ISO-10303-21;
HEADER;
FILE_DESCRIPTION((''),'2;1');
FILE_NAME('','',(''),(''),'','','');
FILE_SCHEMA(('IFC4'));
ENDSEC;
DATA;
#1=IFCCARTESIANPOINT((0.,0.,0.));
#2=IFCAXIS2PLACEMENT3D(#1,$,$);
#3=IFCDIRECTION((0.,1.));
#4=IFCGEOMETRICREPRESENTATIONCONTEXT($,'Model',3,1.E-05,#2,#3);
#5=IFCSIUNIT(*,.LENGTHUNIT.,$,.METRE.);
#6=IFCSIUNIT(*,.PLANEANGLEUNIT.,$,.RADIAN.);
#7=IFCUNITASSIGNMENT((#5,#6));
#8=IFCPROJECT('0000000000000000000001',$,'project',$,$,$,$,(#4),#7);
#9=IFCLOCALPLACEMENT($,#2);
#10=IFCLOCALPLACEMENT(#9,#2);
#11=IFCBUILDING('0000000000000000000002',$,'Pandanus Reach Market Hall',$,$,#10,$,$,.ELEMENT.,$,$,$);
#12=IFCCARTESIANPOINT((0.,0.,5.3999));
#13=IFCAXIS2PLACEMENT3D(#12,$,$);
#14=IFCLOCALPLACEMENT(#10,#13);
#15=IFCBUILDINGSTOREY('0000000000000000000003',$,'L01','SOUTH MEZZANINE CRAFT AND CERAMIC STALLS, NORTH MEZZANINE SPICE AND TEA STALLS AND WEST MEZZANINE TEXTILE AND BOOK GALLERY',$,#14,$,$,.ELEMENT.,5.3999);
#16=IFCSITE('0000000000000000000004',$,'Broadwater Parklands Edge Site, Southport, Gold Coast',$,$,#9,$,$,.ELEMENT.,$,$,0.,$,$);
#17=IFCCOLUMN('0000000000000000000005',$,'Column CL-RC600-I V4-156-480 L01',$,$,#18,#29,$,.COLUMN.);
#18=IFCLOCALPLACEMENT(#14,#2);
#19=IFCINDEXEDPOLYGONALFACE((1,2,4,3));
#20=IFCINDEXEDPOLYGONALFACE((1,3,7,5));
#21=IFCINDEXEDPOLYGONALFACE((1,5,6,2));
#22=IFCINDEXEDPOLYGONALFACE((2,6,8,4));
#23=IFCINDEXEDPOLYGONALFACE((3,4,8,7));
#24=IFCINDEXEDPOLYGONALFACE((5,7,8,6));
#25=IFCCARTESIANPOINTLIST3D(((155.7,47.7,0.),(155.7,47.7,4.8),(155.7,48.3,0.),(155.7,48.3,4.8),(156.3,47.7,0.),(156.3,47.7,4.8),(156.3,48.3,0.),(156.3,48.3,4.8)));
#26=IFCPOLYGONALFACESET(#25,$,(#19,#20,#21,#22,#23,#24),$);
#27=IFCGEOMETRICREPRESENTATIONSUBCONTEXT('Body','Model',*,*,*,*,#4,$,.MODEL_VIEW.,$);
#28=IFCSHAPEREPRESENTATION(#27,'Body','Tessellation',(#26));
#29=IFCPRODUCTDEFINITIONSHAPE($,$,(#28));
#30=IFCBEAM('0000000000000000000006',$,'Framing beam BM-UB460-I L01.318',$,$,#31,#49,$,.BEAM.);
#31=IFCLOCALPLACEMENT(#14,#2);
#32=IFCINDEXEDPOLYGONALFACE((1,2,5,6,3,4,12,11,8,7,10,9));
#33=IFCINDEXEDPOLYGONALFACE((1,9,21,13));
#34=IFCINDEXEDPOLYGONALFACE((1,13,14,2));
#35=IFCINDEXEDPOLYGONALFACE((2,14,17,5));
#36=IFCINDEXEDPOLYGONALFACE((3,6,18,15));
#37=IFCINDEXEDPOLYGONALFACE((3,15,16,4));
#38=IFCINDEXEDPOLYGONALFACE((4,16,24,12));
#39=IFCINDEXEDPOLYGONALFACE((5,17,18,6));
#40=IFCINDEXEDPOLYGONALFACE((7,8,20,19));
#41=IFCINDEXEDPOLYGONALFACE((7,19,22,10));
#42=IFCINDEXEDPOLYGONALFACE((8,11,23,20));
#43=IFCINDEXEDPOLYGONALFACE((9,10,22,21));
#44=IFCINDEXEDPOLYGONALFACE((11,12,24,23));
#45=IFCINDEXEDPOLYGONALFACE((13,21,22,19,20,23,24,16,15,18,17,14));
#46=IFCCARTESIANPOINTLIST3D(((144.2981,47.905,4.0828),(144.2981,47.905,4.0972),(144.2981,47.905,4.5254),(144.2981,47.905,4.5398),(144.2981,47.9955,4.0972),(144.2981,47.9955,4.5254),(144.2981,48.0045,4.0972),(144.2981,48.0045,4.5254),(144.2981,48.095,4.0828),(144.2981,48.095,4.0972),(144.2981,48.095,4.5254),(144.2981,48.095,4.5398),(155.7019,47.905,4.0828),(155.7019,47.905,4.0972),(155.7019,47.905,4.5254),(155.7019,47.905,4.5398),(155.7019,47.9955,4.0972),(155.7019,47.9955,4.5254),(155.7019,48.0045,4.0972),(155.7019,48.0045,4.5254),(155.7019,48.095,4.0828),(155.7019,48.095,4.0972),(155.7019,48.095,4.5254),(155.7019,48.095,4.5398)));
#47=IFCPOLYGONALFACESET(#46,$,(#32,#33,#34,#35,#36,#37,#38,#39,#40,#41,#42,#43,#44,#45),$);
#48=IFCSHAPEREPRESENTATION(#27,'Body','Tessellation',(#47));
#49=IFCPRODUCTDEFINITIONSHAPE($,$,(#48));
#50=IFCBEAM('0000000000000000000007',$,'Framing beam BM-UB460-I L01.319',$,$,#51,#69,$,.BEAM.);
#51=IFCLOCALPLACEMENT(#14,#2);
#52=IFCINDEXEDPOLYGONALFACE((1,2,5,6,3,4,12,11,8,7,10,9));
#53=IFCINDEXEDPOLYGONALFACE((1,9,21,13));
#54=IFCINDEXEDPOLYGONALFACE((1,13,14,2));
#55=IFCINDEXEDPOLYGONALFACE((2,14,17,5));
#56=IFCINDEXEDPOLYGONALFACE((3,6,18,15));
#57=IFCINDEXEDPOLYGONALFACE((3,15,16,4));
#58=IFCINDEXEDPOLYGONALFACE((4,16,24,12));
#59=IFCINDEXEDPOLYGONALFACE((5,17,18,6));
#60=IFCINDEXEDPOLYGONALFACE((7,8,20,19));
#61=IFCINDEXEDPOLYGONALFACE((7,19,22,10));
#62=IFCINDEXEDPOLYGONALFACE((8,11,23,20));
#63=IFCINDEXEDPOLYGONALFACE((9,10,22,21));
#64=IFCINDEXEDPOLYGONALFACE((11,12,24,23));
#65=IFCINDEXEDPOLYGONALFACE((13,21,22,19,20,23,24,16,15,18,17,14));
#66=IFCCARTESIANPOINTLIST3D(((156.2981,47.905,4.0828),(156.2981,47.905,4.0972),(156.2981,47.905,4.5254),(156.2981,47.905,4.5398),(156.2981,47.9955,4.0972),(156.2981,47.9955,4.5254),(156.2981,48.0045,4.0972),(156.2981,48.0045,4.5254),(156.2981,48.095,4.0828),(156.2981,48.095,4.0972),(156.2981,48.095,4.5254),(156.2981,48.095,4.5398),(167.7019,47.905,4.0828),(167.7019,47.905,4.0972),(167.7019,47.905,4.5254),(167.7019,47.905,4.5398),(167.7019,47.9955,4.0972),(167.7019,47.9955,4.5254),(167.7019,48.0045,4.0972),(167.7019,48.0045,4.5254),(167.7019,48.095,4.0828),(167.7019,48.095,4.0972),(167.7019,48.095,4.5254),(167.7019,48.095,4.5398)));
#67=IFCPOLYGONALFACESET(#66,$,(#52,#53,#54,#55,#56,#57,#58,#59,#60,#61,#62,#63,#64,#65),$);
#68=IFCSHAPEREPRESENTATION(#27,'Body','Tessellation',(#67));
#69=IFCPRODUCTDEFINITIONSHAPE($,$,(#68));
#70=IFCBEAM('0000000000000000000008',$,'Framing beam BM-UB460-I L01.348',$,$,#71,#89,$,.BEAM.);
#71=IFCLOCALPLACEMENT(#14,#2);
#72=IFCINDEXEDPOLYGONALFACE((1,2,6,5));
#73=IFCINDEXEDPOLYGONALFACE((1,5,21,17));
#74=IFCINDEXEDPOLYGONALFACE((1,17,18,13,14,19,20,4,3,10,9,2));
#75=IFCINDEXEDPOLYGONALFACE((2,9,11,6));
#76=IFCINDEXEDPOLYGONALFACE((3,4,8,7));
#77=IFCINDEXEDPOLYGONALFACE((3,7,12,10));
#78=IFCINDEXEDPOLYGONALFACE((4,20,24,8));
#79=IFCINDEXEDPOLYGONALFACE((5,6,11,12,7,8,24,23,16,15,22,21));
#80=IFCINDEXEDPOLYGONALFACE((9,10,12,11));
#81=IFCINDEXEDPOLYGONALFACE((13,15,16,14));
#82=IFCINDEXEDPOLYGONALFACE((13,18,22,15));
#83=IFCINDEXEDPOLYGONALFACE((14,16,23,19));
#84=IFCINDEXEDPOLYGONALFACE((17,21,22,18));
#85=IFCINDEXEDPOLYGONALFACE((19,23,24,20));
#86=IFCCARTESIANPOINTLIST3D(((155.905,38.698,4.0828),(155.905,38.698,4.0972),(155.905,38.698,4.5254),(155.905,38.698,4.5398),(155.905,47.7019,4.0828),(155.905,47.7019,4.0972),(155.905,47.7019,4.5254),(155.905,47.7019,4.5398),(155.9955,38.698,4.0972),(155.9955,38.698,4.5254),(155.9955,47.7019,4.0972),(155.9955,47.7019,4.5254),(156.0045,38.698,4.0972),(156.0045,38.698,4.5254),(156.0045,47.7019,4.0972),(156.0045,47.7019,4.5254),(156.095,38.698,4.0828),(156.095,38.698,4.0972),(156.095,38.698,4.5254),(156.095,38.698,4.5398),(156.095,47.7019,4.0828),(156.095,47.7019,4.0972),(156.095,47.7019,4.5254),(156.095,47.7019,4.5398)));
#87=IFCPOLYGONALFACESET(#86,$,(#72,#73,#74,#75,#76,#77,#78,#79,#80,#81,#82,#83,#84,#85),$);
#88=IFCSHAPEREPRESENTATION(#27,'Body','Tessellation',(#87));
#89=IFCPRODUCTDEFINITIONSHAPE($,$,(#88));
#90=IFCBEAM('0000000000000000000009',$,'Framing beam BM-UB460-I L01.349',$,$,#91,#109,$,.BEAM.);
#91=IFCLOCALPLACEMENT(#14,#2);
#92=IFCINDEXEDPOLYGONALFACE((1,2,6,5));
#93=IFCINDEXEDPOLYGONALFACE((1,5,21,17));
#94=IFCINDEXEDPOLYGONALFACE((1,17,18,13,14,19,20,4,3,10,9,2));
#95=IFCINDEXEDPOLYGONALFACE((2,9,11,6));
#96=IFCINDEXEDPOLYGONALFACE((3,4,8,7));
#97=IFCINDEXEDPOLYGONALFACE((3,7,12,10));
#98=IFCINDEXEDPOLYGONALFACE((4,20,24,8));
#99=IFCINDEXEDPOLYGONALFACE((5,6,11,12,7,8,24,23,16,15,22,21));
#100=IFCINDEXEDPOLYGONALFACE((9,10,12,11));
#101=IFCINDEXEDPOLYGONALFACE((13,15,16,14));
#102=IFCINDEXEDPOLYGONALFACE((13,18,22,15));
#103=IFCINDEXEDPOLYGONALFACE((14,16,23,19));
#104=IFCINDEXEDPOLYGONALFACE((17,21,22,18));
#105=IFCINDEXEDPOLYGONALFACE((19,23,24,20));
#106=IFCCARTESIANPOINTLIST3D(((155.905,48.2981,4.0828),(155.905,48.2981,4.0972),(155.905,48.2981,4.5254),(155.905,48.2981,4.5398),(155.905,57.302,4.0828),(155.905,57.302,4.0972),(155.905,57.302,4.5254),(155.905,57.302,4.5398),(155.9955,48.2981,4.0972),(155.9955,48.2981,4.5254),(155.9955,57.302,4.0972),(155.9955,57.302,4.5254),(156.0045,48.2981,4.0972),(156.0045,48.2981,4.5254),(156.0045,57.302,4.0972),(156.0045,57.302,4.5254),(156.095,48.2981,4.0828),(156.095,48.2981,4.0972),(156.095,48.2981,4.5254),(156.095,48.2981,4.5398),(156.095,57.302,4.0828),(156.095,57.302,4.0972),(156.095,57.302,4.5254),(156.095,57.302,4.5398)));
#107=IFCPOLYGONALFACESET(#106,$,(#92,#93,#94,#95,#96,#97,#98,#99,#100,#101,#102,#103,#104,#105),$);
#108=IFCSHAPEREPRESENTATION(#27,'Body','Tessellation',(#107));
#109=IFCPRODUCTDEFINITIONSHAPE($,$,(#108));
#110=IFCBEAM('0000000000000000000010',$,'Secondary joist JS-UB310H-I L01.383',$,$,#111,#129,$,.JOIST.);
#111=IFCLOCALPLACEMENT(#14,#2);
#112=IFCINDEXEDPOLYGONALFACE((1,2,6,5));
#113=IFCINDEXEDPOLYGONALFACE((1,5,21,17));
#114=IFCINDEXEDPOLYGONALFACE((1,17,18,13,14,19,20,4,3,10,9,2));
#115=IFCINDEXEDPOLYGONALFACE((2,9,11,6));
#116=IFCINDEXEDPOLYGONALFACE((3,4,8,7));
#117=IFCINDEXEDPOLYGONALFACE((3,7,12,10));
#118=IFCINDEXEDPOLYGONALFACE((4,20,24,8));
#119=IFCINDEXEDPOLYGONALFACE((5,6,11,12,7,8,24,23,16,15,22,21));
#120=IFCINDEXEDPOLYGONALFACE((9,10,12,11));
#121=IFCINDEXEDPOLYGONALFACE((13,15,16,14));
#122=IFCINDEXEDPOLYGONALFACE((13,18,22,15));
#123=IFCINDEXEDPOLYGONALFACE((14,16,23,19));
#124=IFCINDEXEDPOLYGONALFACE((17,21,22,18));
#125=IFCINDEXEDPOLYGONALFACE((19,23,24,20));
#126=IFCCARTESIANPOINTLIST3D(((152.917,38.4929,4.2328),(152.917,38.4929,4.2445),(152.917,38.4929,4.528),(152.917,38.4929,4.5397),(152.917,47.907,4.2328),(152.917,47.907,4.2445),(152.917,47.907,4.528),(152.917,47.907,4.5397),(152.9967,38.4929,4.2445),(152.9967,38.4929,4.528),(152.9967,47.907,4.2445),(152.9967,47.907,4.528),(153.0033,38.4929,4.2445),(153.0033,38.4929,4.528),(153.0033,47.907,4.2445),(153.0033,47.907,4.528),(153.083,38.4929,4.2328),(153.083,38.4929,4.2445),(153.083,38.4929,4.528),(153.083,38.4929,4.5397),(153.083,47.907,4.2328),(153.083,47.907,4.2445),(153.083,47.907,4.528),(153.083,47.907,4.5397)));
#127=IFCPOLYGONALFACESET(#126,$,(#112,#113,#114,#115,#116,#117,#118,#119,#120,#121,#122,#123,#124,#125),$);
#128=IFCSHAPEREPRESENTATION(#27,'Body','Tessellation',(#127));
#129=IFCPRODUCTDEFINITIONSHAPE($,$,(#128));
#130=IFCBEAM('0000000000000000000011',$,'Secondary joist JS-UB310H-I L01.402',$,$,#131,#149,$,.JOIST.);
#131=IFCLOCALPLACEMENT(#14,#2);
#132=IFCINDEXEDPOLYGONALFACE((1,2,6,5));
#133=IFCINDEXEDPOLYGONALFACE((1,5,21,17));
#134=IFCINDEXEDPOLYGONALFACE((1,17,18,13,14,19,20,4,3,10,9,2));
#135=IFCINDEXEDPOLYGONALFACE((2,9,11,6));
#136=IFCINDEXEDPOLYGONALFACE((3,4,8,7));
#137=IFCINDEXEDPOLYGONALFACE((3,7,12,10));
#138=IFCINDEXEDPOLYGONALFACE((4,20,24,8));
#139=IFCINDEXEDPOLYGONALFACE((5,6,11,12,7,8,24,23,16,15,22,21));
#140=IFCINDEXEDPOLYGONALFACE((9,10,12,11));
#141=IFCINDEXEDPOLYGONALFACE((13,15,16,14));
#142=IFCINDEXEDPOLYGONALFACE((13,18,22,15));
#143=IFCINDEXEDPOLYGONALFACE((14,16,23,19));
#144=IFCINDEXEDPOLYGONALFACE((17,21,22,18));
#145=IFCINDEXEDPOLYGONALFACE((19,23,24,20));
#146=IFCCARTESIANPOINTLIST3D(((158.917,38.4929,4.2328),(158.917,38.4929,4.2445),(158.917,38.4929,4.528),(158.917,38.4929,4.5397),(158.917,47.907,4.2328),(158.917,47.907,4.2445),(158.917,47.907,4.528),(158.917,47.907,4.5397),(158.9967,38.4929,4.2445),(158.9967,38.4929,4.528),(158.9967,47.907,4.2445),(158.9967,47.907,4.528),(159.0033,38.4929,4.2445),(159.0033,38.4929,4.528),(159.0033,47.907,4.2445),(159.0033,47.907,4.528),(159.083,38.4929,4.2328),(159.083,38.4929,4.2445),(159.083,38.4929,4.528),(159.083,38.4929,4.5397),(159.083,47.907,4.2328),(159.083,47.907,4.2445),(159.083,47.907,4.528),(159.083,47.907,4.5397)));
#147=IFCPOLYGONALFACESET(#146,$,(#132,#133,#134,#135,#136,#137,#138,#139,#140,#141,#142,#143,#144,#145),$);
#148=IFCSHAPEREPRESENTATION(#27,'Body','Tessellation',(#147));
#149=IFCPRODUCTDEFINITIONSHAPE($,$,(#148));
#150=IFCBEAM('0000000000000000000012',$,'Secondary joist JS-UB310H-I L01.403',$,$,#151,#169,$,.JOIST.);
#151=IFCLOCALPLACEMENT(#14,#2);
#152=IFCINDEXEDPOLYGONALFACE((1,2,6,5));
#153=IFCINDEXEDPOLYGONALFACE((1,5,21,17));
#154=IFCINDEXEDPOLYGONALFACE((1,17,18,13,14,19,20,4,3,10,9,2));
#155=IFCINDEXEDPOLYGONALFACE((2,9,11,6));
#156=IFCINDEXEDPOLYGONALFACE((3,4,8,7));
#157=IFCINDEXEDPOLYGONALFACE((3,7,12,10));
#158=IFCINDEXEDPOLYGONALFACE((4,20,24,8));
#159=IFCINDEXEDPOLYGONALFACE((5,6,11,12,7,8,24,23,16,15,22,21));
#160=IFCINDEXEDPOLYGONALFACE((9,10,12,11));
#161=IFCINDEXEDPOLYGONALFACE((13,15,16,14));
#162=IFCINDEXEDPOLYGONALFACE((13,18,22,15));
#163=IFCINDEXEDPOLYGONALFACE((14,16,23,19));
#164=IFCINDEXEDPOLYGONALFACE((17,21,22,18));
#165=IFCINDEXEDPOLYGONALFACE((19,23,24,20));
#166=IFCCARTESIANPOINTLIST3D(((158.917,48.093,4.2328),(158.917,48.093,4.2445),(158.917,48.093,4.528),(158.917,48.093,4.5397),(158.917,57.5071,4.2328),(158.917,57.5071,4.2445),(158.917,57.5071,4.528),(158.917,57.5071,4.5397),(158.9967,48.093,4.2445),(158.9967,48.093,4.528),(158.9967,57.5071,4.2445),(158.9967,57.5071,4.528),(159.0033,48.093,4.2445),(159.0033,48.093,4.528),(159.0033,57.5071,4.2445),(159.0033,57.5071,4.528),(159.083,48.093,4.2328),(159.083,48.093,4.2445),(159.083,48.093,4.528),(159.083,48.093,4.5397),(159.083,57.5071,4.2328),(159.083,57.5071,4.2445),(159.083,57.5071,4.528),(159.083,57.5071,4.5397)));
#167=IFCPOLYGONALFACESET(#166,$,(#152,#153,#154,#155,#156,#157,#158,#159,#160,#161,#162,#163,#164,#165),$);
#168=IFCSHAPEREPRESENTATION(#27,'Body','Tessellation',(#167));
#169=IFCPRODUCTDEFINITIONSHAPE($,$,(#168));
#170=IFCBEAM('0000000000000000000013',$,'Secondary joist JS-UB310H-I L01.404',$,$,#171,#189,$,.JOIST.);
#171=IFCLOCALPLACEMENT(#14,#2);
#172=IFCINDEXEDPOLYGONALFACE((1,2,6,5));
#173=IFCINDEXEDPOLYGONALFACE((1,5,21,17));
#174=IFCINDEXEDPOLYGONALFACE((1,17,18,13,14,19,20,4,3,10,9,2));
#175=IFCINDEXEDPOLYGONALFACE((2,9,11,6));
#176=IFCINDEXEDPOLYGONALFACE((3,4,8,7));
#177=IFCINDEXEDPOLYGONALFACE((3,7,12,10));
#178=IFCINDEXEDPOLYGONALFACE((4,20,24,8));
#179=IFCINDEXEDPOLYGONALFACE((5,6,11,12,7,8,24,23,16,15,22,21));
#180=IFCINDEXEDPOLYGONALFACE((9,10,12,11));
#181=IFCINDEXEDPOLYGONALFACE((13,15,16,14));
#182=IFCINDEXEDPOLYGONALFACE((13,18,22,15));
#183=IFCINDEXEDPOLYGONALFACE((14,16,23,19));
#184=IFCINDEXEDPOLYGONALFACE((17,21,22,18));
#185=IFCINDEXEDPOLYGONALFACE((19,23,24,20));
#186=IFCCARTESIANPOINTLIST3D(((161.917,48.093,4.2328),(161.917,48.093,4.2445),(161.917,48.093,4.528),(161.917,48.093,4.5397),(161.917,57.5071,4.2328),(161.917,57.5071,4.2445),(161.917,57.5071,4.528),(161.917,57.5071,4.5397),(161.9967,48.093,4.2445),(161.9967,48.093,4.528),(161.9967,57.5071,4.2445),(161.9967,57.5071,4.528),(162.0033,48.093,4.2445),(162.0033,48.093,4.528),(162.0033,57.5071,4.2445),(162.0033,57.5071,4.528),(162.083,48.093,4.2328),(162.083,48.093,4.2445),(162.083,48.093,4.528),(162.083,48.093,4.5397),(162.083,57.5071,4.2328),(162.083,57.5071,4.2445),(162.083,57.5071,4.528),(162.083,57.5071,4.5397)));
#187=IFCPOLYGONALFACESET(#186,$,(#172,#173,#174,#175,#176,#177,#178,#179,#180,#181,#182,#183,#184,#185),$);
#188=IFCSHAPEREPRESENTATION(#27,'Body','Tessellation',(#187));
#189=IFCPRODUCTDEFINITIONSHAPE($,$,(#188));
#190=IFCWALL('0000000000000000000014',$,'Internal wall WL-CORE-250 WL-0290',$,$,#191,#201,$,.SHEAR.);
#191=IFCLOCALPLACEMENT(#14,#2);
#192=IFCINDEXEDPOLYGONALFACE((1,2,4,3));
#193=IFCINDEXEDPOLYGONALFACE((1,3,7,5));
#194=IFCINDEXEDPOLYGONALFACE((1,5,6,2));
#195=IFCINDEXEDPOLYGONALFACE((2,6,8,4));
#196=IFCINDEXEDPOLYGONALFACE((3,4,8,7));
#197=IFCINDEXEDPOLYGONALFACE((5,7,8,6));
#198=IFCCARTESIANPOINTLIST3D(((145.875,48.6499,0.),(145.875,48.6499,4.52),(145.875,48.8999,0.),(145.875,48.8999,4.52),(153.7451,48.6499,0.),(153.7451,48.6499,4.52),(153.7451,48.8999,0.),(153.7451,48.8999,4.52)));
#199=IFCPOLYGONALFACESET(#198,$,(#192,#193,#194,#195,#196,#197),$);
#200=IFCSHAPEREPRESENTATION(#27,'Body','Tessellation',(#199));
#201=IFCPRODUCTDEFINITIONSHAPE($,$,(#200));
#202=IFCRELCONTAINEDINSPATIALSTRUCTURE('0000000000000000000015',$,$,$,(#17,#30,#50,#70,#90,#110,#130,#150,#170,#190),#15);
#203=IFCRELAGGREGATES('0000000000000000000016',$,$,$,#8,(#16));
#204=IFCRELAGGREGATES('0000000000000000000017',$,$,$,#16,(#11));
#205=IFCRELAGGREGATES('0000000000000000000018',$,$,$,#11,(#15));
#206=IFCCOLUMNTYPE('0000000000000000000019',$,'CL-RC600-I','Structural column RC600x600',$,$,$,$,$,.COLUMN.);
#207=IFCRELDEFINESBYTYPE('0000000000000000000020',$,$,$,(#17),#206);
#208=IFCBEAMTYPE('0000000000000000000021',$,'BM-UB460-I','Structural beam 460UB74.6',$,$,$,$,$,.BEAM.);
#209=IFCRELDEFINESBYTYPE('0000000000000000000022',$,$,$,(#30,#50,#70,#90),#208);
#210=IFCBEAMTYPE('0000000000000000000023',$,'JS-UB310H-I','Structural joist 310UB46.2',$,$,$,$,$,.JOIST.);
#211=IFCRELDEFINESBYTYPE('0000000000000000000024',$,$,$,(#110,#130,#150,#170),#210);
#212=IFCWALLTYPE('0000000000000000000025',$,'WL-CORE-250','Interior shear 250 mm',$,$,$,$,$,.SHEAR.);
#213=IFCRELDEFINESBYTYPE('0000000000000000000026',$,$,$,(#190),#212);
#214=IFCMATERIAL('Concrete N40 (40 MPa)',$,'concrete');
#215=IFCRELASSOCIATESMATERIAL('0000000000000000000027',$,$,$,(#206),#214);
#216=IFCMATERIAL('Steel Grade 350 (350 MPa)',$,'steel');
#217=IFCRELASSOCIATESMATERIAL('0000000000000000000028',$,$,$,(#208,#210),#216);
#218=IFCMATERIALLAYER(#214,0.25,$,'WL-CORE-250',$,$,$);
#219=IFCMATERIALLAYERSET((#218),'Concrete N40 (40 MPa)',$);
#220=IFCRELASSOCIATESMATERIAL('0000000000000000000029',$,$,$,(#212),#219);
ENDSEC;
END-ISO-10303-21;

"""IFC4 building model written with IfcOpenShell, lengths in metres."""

from ifc_helpers import new_model, si_unit, direction, frame, frame_2d, origin, origin_2d, place, context, subcontext, project, spatial, rectangle, i_section, extrude, material, layer, layer_set, material_profile, profile_set, type_object, element, save


model = new_model("IFC4")

# Units and contexts
model_context = context("Model", 3, precision=1e-05, world=origin(), true_north=direction((0.0, 1.0)))
body_context = subcontext(model_context, "Body", "Model", "MODEL_VIEW")
ifc_project = project(units=[si_unit("LENGTHUNIT", "METRE"), si_unit("PLANEANGLEUNIT", "RADIAN")], contexts=[model_context])

# Site, building, storey
site_placement = place(None, origin())
site = spatial("IfcSite", under=ifc_project, at=site_placement, Name="Broadwater Parklands Edge Site, Southport, Gold Coast", CompositionType="ELEMENT", RefElevation=0.0)
building_placement = place(site_placement, origin())
building = spatial("IfcBuilding", under=site, at=building_placement, Name="Pandanus Reach Market Hall", CompositionType="ELEMENT")
storey_placement = place(building_placement, frame((0.0, 0.0, 5.3999)))
storey = spatial("IfcBuildingStorey", under=building, at=storey_placement, Name="L01", Description="SOUTH MEZZANINE CRAFT AND CERAMIC STALLS, NORTH MEZZANINE SPICE AND TEA STALLS AND WEST MEZZANINE TEXTILE AND BOOK GALLERY", CompositionType="ELEMENT", Elevation=5.3999)

# Column
ifc_material_1 = material(Name="Concrete N40 (40 MPa)", Category="concrete")
ifc_material_profile_1 = material_profile(ifc_material_1, rectangle(XDim=0.6001, YDim=0.6001, at=origin_2d()), Name="RC600x600", Category="LoadBearing")
ifc_profile_set_1 = profile_set([ifc_material_profile_1], Name="Concrete N40 (40 MPa)")
column_type = type_object("IfcColumnType", Name="CL-RC600-I", Description="Structural column RC600x600", PredefinedType="COLUMN", material=ifc_profile_set_1)
column_placement = place(storey_placement, frame((156.0, 48.0, 0.0), z_axis=(0.0, 0.0, 1.0), x_axis=(1.0, 0.0, 0.0)))
element("IfcColumn", 1, at=column_placement, inside=storey, type_object=column_type, Name="Column CL-RC600-I V4-156-480 L01", PredefinedType="COLUMN", context=body_context, shape_type="SweptSolid", body=[
    extrude(rectangle(XDim=0.6001, YDim=0.6001, at=origin_2d()), origin(), (0.0, 0.0, 1.0), 4.8),
])

# Beams
ifc_material_2 = material(Name="Steel Grade 350 (350 MPa)", Category="steel")
ifc_material_profile_2 = material_profile(ifc_material_2, i_section(OverallWidth=0.1899, OverallDepth=0.457, WebThickness=0.009, FlangeThickness=0.0144, at=origin_2d()), Name="460UB74.6", Category="LoadBearing")
ifc_profile_set_2 = profile_set([ifc_material_profile_2], Name="Steel Grade 350 (350 MPa)")
beam_type_1 = type_object("IfcBeamType", Name="BM-UB460-I", Description="Structural beam 460UB74.6", PredefinedType="BEAM", material=ifc_profile_set_2)
for number, where, z_axis, x_axis, name in (
    (2, (144.2981, 48.0, 4.3113), (1.0, 0.0, 0.0), (0.0, 1.0, 0.0), "Framing beam BM-UB460-I L01.318"),
    (3, (156.2981, 48.0, 4.3113), (1.0, 0.0, 0.0), (0.0, 1.0, 0.0), "Framing beam BM-UB460-I L01.319"),
):
    element("IfcBeam", number, at=place(storey_placement, frame(where, z_axis=z_axis, x_axis=x_axis)), inside=storey, type_object=beam_type_1, Name=name, PredefinedType="BEAM", context=body_context, shape_type="SweptSolid", body=[
        extrude(i_section(OverallWidth=0.1899, OverallDepth=0.457, WebThickness=0.009, FlangeThickness=0.0144, at=origin_2d()), origin(), (0.0, 0.0, 1.0), 11.4038),
    ])
for number, where, z_axis, x_axis, name in (
    (4, (156.0, 38.698, 4.3113), (0.0, 1.0, 0.0), (-1.0, 0.0, 0.0), "Framing beam BM-UB460-I L01.348"),
    (5, (156.0, 48.2981, 4.3113), (0.0, 1.0, 0.0), (-1.0, 0.0, 0.0), "Framing beam BM-UB460-I L01.349"),
):
    element("IfcBeam", number, at=place(storey_placement, frame(where, z_axis=z_axis, x_axis=x_axis)), inside=storey, type_object=beam_type_1, Name=name, PredefinedType="BEAM", context=body_context, shape_type="SweptSolid", body=[
        extrude(i_section(OverallWidth=0.1899, OverallDepth=0.457, WebThickness=0.009, FlangeThickness=0.0144, at=origin_2d()), origin(), (0.0, 0.0, 1.0), 9.0039),
    ])
ifc_material_profile_3 = material_profile(ifc_material_2, i_section(OverallWidth=0.166, OverallDepth=0.3069, WebThickness=0.0066, FlangeThickness=0.0117, at=origin_2d()), Name="310UB46.2", Category="LoadBearing")
ifc_profile_set_3 = profile_set([ifc_material_profile_3], Name="Steel Grade 350 (350 MPa)")
beam_type_2 = type_object("IfcBeamType", Name="JS-UB310H-I", Description="Structural joist 310UB46.2", PredefinedType="JOIST", material=ifc_profile_set_3)
for number, where, z_axis, x_axis, name in (
    (6, (153.0, 38.4929, 4.3862), (0.0, 1.0, 0.0), (-1.0, 0.0, 0.0), "Secondary joist JS-UB310H-I L01.383"),
    (7, (159.0, 38.4929, 4.3862), (0.0, 1.0, 0.0), (-1.0, 0.0, 0.0), "Secondary joist JS-UB310H-I L01.402"),
    (8, (159.0, 48.093, 4.3862), (0.0, 1.0, 0.0), (-1.0, 0.0, 0.0), "Secondary joist JS-UB310H-I L01.403"),
    (9, (162.0, 48.093, 4.3862), (0.0, 1.0, 0.0), (-1.0, 0.0, 0.0), "Secondary joist JS-UB310H-I L01.404"),
):
    element("IfcBeam", number, at=place(storey_placement, frame(where, z_axis=z_axis, x_axis=x_axis)), inside=storey, type_object=beam_type_2, Name=name, PredefinedType="JOIST", context=body_context, shape_type="SweptSolid", body=[
        extrude(i_section(OverallWidth=0.166, OverallDepth=0.3069, WebThickness=0.0066, FlangeThickness=0.0117, at=origin_2d()), origin(), (0.0, 0.0, 1.0), 9.4141),
    ])

# Wall
ifc_layer = layer(ifc_material_1, 0.25, Name="WL-CORE-250")
ifc_layer_set = layer_set([ifc_layer], Name="Concrete N40 (40 MPa)")
wall_type = type_object("IfcWallType", Name="WL-CORE-250", Description="Interior shear 250 mm", PredefinedType="SHEAR", material=ifc_layer_set)
wall_placement = place(storey_placement, frame((145.875, 48.7749, 0.0), z_axis=(0.0, 0.0, 1.0), x_axis=(1.0, 0.0, 0.0)))
element("IfcWall", 10, at=wall_placement, inside=storey, type_object=wall_type, Name="Internal wall WL-CORE-250 WL-0290", PredefinedType="SHEAR", context=body_context, shape_type="SweptSolid", body=[
    extrude(rectangle(XDim=7.8701, YDim=0.25, at=frame_2d((3.9351, 0.0))), origin(), (0.0, 0.0, 1.0), 4.52),
])

save(model, "model.ifc")
